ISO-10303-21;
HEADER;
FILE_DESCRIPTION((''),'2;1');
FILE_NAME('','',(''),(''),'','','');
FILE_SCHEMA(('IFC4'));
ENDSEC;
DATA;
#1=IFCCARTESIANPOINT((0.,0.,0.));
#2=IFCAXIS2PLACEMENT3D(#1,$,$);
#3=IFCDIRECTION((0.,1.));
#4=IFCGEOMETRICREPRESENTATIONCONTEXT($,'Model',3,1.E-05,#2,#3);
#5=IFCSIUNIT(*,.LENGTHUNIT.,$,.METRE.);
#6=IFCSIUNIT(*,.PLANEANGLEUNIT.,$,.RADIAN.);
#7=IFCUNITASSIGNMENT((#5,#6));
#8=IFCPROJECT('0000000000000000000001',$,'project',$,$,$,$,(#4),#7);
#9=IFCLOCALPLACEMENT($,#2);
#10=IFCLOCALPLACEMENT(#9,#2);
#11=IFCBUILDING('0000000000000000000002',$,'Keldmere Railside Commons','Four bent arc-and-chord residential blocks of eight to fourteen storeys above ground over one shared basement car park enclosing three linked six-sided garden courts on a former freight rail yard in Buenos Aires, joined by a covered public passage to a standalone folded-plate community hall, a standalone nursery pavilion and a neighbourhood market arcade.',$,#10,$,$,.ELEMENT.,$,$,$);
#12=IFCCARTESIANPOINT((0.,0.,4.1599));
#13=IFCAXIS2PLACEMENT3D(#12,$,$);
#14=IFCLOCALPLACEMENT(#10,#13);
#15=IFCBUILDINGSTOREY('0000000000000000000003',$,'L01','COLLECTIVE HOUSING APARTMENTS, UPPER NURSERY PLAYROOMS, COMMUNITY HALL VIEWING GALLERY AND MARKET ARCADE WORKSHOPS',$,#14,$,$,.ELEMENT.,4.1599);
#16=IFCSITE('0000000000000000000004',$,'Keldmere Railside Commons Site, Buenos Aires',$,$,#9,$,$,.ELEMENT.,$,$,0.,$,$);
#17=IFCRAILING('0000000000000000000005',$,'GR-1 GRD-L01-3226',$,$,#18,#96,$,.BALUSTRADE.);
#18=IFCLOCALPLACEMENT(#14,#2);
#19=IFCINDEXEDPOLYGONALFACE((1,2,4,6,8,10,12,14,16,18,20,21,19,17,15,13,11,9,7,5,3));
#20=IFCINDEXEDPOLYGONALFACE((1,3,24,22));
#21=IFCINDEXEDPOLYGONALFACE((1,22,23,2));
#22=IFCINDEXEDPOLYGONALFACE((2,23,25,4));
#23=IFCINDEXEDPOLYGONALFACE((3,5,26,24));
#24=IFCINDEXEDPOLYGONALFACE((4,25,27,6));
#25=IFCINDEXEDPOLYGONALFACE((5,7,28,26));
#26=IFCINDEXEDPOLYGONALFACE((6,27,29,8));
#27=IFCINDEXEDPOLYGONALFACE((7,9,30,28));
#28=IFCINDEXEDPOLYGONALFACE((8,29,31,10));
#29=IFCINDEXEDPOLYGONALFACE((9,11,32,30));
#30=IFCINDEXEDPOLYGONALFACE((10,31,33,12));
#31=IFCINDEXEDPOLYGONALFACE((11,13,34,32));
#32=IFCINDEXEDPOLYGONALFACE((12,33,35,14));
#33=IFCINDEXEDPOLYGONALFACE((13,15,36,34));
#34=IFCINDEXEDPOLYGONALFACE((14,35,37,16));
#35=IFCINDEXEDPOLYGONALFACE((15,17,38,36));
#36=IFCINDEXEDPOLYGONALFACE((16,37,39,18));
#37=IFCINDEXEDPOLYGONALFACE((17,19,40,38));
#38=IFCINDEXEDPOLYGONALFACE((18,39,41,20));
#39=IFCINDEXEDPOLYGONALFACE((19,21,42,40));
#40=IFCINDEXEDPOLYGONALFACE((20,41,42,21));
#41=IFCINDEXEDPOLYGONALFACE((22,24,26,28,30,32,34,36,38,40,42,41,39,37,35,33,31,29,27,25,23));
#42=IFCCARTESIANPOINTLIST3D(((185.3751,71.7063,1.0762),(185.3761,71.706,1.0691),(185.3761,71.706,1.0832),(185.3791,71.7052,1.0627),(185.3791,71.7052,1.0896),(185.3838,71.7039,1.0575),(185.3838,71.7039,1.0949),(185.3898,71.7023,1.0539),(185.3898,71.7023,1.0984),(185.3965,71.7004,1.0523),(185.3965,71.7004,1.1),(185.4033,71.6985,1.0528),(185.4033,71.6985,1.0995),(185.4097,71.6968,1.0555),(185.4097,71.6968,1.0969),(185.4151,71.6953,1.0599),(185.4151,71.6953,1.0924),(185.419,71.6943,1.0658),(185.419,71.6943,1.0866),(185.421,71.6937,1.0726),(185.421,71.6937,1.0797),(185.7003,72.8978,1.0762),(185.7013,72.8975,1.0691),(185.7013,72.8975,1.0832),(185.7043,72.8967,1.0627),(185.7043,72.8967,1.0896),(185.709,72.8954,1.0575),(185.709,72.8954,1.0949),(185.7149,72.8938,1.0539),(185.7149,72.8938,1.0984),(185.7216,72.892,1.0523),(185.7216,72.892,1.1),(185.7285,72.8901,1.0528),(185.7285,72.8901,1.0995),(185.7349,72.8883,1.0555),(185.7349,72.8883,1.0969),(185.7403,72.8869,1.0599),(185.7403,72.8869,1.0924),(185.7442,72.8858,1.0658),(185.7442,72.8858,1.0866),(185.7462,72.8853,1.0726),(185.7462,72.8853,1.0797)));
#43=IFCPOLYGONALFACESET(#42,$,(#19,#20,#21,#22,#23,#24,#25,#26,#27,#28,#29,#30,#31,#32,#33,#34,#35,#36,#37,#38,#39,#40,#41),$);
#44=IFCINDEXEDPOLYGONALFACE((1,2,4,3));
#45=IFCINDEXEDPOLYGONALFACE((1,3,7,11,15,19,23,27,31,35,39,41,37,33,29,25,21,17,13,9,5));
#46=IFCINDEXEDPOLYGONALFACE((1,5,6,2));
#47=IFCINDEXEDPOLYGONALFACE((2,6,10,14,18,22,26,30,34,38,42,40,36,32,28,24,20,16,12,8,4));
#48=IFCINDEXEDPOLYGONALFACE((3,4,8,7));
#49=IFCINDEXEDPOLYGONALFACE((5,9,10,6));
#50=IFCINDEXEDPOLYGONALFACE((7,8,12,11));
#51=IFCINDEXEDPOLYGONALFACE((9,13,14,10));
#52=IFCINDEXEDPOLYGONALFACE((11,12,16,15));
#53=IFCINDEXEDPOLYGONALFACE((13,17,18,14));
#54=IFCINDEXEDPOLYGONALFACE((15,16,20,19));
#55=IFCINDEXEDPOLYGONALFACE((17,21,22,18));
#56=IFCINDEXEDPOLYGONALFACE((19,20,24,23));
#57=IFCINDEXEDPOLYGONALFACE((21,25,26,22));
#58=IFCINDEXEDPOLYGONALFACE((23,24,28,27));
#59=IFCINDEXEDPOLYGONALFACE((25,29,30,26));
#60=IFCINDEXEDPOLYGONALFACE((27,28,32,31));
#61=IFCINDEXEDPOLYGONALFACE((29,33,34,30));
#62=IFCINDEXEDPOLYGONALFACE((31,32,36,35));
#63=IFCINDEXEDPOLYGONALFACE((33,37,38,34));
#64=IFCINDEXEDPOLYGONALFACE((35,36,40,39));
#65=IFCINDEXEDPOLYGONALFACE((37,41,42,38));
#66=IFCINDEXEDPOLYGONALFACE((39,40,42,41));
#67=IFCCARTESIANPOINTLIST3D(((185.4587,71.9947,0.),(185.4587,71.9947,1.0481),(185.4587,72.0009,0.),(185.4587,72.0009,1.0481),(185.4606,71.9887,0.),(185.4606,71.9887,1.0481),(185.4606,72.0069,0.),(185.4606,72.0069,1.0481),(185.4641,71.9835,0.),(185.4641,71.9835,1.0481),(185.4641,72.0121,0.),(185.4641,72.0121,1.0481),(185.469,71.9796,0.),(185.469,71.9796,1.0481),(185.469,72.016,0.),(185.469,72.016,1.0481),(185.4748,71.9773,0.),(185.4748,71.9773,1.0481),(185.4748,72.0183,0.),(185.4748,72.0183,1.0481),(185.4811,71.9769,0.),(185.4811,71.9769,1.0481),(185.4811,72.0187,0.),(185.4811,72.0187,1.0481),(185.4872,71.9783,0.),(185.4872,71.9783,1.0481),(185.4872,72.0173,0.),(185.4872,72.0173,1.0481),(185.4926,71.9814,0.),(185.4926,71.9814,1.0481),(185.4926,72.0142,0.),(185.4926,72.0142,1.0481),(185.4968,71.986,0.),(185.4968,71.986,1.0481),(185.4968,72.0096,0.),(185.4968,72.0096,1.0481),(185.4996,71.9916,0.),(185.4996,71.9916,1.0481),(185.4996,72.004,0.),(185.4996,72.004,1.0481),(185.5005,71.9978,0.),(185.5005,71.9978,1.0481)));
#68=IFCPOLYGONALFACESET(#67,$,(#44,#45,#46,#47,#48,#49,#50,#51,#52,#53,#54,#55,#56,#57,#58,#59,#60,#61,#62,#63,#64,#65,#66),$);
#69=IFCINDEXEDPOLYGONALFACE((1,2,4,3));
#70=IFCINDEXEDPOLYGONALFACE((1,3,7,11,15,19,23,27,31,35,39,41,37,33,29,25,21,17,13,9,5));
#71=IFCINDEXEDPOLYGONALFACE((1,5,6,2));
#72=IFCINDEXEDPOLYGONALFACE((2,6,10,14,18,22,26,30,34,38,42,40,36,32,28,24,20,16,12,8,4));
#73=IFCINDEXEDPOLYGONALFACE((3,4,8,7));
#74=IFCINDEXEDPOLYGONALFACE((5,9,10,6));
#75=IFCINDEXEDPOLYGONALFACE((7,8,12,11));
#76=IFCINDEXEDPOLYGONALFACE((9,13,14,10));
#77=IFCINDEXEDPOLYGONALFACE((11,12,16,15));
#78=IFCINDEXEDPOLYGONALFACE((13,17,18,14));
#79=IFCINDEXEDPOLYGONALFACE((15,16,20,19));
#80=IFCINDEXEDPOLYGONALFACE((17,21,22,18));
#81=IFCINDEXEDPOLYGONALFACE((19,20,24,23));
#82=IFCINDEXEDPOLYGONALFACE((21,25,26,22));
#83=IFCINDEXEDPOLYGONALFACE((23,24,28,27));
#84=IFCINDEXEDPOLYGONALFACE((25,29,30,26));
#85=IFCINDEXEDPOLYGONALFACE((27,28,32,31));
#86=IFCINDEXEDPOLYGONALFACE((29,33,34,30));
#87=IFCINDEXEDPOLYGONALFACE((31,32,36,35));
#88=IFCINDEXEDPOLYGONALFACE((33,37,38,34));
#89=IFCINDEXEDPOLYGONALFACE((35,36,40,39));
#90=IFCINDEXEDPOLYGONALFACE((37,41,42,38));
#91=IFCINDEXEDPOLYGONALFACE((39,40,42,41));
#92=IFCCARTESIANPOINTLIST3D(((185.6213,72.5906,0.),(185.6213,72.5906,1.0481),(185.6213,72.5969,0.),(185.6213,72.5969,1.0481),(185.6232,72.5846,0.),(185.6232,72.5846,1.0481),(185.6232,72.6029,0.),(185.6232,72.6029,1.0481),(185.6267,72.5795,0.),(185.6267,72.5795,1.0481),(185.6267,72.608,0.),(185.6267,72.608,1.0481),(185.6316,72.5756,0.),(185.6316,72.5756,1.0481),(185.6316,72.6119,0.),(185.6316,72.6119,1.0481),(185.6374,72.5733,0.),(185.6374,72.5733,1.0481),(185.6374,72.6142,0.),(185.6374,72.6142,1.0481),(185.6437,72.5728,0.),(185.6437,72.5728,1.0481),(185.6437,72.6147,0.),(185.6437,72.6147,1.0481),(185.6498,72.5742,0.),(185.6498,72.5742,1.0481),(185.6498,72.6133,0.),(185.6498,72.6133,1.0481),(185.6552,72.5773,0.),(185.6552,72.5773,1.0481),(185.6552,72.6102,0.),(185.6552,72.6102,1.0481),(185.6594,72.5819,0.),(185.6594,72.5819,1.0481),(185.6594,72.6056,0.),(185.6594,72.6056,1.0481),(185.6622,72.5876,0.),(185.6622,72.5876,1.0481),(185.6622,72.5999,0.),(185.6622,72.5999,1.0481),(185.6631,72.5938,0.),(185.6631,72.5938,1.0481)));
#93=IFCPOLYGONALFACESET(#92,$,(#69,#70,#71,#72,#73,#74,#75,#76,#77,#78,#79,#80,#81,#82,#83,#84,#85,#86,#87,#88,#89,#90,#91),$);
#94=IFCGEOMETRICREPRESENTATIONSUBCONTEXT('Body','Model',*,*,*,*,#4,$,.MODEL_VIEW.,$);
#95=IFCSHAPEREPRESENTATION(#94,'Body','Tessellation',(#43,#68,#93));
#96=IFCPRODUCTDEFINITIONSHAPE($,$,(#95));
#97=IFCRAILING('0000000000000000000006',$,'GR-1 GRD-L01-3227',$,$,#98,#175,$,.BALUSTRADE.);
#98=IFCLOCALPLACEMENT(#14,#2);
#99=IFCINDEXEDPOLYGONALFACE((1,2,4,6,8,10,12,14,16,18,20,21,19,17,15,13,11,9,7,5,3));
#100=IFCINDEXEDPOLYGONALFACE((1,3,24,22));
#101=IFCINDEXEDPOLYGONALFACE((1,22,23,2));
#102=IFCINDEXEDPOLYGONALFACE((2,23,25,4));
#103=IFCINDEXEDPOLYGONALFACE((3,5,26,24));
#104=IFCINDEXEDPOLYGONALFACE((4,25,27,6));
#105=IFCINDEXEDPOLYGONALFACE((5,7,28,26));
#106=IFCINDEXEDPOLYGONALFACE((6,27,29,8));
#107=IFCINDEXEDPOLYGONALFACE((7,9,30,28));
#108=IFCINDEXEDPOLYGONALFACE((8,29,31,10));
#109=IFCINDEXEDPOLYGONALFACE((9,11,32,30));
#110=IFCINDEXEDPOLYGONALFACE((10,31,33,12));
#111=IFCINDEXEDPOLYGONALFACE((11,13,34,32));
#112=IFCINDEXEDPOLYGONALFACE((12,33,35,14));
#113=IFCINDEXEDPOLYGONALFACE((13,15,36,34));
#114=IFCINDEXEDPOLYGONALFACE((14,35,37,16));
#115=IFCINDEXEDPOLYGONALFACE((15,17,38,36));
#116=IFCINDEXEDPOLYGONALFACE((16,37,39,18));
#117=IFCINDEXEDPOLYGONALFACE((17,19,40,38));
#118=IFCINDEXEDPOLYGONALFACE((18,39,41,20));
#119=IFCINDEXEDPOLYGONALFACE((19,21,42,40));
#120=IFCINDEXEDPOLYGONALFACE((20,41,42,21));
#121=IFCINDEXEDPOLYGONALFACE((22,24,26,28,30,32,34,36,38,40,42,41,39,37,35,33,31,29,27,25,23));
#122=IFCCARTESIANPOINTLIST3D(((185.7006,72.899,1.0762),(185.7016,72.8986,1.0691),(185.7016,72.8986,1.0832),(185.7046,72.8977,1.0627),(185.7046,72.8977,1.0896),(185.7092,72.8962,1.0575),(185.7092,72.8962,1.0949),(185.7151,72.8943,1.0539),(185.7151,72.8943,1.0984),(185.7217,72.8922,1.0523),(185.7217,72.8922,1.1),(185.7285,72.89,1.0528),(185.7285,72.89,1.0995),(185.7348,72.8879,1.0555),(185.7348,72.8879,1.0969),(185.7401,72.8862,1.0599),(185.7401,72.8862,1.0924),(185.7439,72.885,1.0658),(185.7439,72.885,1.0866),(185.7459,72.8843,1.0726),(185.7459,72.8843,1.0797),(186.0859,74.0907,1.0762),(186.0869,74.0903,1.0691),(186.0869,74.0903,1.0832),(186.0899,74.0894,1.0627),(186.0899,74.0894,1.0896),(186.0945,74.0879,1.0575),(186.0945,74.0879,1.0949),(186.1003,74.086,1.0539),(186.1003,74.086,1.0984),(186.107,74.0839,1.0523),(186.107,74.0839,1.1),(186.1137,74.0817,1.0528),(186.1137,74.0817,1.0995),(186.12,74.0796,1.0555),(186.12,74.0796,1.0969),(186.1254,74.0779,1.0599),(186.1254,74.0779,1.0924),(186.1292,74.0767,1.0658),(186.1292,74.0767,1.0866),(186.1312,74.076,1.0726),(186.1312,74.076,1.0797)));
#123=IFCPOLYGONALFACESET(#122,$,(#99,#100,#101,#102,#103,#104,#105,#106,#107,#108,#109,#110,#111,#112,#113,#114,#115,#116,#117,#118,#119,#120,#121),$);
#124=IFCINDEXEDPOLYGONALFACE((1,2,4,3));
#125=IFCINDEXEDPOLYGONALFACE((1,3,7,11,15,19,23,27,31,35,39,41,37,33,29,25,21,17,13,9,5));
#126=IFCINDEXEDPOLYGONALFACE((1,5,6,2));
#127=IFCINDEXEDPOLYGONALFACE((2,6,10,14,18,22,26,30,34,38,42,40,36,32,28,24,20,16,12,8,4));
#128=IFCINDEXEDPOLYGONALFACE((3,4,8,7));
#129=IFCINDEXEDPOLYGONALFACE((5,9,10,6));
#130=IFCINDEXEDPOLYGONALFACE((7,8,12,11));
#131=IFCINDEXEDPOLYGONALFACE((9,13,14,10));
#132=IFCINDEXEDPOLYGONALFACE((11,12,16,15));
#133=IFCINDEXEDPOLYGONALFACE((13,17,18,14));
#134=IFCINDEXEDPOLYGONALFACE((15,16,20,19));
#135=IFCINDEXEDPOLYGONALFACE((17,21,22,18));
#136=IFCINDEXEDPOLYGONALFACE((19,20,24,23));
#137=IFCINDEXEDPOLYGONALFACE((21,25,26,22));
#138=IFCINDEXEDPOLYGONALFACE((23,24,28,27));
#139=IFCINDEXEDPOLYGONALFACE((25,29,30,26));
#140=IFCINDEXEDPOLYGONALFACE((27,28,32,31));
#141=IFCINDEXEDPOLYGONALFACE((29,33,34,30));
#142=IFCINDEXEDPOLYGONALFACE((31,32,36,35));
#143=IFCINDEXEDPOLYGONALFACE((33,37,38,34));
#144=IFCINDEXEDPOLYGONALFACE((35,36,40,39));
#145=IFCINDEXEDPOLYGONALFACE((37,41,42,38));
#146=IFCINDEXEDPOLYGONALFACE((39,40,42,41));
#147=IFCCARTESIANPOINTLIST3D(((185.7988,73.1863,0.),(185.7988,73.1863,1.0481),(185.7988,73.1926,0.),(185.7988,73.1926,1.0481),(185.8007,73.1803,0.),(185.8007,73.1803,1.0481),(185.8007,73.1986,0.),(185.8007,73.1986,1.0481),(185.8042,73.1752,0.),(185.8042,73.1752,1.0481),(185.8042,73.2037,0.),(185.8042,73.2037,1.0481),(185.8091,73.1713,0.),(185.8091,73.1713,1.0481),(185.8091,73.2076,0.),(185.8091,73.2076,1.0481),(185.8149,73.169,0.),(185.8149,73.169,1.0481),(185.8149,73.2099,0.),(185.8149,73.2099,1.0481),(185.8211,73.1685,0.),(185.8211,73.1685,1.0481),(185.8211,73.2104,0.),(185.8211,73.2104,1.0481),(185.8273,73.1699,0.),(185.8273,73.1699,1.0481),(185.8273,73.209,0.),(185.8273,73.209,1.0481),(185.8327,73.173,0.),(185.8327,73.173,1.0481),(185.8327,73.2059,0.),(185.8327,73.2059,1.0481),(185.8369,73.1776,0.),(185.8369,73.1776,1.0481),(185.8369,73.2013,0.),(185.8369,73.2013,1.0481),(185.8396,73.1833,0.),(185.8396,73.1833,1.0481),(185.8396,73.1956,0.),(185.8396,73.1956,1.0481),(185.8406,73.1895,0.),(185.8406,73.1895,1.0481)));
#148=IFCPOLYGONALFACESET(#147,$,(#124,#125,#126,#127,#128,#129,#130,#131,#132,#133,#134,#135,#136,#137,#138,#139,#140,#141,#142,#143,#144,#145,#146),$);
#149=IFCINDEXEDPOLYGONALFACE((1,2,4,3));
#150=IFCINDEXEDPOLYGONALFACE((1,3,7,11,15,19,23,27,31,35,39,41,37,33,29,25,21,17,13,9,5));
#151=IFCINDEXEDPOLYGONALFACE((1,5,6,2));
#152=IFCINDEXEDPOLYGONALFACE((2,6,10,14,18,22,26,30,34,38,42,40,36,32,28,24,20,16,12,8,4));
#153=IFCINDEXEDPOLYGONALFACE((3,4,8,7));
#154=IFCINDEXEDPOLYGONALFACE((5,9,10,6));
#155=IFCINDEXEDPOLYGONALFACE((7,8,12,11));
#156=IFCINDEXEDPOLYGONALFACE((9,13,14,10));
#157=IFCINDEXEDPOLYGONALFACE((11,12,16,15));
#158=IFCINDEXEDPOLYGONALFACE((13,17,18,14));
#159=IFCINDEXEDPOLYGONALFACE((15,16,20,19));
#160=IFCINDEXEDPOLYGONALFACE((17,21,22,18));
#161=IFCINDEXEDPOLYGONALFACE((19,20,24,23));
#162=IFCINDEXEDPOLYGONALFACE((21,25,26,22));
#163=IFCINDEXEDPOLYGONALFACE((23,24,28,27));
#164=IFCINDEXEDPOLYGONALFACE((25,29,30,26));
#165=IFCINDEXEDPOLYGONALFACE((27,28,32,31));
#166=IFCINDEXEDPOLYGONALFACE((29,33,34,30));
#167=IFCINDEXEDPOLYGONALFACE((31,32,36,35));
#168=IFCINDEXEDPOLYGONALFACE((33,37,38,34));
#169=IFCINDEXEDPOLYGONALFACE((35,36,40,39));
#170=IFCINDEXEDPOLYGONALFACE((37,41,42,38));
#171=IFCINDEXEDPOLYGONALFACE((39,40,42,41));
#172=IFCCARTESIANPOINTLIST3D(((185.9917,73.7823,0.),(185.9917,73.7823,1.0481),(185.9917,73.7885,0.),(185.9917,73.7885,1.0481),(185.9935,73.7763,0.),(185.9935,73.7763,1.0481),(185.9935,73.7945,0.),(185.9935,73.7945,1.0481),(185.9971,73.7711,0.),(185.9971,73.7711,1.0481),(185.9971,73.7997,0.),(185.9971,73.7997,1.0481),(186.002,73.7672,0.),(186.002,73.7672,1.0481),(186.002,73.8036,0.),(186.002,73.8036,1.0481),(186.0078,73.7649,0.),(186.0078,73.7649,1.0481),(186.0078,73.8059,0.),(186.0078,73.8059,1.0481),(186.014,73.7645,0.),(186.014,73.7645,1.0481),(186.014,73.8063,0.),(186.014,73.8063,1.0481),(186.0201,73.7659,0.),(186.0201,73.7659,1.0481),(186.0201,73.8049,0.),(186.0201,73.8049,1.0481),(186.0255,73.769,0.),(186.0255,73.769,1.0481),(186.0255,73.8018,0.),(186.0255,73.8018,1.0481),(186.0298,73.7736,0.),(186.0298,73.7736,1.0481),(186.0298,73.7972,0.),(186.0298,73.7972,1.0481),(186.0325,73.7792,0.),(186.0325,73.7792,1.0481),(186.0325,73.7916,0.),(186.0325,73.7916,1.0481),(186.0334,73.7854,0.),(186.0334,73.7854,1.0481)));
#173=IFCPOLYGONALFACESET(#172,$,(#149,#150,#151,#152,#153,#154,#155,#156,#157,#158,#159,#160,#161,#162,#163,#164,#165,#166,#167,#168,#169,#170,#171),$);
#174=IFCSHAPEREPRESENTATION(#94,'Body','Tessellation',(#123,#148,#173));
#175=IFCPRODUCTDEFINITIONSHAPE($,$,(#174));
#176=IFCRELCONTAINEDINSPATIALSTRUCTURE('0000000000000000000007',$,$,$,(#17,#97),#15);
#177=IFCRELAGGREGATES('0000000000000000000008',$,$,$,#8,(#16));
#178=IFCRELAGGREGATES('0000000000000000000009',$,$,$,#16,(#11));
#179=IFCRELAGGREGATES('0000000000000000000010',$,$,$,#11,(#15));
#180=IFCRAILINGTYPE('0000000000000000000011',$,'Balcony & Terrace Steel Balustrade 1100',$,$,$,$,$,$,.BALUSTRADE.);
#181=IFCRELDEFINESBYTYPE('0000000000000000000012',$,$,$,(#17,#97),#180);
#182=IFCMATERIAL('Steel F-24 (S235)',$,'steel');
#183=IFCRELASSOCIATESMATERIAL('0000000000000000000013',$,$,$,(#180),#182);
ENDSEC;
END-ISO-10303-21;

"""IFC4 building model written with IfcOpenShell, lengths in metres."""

from ifc_helpers import new_model, si_unit, direction, frame, origin, origin_2d, place, context, subcontext, project, spatial, circle, extrude, material, type_object, element, save


model = new_model("IFC4")

# Units and contexts
model_context = context("Model", 3, precision=1e-05, world=origin(), true_north=direction((0.0, 1.0)))
body_context = subcontext(model_context, "Body", "Model", "MODEL_VIEW")
ifc_project = project(units=[si_unit("LENGTHUNIT", "METRE"), si_unit("PLANEANGLEUNIT", "RADIAN")], contexts=[model_context])

# Site, building, storey
site_placement = place(None, origin())
site = spatial("IfcSite", under=ifc_project, at=site_placement, Name="Keldmere Railside Commons Site, Buenos Aires", CompositionType="ELEMENT", RefElevation=0.0)
building_placement = place(site_placement, origin())
building = spatial("IfcBuilding", under=site, at=building_placement, Name="Keldmere Railside Commons", Description="Four bent arc-and-chord residential blocks of eight to fourteen storeys above ground over one shared basement car park enclosing three linked six-sided garden courts on a former freight rail yard in Buenos Aires, joined by a covered public passage to a standalone folded-plate community hall, a standalone nursery pavilion and a neighbourhood market arcade.", CompositionType="ELEMENT")
storey_placement = place(building_placement, frame((0.0, 0.0, 4.1599)))
storey = spatial("IfcBuildingStorey", under=building, at=storey_placement, Name="L01", Description="COLLECTIVE HOUSING APARTMENTS, UPPER NURSERY PLAYROOMS, COMMUNITY HALL VIEWING GALLERY AND MARKET ARCADE WORKSHOPS", CompositionType="ELEMENT", Elevation=4.1599)

# Shared definitions
ifc_material_1 = material(Name="Steel F-24 (S235)", Category="steel")

# Railings
railing_type_1 = type_object("IfcRailingType", Name="Balcony & Terrace Steel Balustrade 1100", PredefinedType="BALUSTRADE", material=ifc_material_1)
railing_1_placement = place(storey_placement, frame((185.3982, 71.7, 0.0)))
element("IfcRailing", 1, at=railing_1_placement, inside=storey, type_object=railing_type_1, Name="GR-1 GRD-L01-3226", PredefinedType="BALUSTRADE", context=body_context, shape_type="SweptSolid", body=[
    extrude(circle(Radius=0.0239, at=origin_2d()), frame((0.0, 0.0, 1.0762), z_axis=(0.263268, 0.964723, 0.0), x_axis=(-0.964723, 0.263268, 0.0)), (0.0, 0.0, 1.0), 1.2351),
    extrude(circle(Radius=0.021, at=origin_2d()), frame((0.0813, 0.2979, 0.0)), (0.0, 0.0, 1.0), 1.0481),
    extrude(circle(Radius=0.021, at=origin_2d()), frame((0.2439, 0.8938, 0.0)), (0.0, 0.0, 1.0), 1.0481),
])
railing_2_placement = place(storey_placement, frame((185.7234, 72.8916, 0.0)))
element("IfcRailing", 2, at=railing_2_placement, inside=storey, type_object=railing_type_1, Name="GR-1 GRD-L01-3227", PredefinedType="BALUSTRADE", context=body_context, shape_type="SweptSolid", body=[
    extrude(circle(Radius=0.0239, at=origin_2d()), frame((0.0, 0.0, 1.0762), z_axis=(0.307618, 0.95151, 0.0), x_axis=(-0.95151, 0.307618, 0.0)), (0.0, 0.0, 1.0), 1.2524),
    extrude(circle(Radius=0.021, at=origin_2d()), frame((0.0962, 0.2979, 0.0)), (0.0, 0.0, 1.0), 1.0481),
    extrude(circle(Radius=0.021, at=origin_2d()), frame((0.2891, 0.8938, 0.0)), (0.0, 0.0, 1.0), 1.0481),
])

save(model, "model.ifc")
